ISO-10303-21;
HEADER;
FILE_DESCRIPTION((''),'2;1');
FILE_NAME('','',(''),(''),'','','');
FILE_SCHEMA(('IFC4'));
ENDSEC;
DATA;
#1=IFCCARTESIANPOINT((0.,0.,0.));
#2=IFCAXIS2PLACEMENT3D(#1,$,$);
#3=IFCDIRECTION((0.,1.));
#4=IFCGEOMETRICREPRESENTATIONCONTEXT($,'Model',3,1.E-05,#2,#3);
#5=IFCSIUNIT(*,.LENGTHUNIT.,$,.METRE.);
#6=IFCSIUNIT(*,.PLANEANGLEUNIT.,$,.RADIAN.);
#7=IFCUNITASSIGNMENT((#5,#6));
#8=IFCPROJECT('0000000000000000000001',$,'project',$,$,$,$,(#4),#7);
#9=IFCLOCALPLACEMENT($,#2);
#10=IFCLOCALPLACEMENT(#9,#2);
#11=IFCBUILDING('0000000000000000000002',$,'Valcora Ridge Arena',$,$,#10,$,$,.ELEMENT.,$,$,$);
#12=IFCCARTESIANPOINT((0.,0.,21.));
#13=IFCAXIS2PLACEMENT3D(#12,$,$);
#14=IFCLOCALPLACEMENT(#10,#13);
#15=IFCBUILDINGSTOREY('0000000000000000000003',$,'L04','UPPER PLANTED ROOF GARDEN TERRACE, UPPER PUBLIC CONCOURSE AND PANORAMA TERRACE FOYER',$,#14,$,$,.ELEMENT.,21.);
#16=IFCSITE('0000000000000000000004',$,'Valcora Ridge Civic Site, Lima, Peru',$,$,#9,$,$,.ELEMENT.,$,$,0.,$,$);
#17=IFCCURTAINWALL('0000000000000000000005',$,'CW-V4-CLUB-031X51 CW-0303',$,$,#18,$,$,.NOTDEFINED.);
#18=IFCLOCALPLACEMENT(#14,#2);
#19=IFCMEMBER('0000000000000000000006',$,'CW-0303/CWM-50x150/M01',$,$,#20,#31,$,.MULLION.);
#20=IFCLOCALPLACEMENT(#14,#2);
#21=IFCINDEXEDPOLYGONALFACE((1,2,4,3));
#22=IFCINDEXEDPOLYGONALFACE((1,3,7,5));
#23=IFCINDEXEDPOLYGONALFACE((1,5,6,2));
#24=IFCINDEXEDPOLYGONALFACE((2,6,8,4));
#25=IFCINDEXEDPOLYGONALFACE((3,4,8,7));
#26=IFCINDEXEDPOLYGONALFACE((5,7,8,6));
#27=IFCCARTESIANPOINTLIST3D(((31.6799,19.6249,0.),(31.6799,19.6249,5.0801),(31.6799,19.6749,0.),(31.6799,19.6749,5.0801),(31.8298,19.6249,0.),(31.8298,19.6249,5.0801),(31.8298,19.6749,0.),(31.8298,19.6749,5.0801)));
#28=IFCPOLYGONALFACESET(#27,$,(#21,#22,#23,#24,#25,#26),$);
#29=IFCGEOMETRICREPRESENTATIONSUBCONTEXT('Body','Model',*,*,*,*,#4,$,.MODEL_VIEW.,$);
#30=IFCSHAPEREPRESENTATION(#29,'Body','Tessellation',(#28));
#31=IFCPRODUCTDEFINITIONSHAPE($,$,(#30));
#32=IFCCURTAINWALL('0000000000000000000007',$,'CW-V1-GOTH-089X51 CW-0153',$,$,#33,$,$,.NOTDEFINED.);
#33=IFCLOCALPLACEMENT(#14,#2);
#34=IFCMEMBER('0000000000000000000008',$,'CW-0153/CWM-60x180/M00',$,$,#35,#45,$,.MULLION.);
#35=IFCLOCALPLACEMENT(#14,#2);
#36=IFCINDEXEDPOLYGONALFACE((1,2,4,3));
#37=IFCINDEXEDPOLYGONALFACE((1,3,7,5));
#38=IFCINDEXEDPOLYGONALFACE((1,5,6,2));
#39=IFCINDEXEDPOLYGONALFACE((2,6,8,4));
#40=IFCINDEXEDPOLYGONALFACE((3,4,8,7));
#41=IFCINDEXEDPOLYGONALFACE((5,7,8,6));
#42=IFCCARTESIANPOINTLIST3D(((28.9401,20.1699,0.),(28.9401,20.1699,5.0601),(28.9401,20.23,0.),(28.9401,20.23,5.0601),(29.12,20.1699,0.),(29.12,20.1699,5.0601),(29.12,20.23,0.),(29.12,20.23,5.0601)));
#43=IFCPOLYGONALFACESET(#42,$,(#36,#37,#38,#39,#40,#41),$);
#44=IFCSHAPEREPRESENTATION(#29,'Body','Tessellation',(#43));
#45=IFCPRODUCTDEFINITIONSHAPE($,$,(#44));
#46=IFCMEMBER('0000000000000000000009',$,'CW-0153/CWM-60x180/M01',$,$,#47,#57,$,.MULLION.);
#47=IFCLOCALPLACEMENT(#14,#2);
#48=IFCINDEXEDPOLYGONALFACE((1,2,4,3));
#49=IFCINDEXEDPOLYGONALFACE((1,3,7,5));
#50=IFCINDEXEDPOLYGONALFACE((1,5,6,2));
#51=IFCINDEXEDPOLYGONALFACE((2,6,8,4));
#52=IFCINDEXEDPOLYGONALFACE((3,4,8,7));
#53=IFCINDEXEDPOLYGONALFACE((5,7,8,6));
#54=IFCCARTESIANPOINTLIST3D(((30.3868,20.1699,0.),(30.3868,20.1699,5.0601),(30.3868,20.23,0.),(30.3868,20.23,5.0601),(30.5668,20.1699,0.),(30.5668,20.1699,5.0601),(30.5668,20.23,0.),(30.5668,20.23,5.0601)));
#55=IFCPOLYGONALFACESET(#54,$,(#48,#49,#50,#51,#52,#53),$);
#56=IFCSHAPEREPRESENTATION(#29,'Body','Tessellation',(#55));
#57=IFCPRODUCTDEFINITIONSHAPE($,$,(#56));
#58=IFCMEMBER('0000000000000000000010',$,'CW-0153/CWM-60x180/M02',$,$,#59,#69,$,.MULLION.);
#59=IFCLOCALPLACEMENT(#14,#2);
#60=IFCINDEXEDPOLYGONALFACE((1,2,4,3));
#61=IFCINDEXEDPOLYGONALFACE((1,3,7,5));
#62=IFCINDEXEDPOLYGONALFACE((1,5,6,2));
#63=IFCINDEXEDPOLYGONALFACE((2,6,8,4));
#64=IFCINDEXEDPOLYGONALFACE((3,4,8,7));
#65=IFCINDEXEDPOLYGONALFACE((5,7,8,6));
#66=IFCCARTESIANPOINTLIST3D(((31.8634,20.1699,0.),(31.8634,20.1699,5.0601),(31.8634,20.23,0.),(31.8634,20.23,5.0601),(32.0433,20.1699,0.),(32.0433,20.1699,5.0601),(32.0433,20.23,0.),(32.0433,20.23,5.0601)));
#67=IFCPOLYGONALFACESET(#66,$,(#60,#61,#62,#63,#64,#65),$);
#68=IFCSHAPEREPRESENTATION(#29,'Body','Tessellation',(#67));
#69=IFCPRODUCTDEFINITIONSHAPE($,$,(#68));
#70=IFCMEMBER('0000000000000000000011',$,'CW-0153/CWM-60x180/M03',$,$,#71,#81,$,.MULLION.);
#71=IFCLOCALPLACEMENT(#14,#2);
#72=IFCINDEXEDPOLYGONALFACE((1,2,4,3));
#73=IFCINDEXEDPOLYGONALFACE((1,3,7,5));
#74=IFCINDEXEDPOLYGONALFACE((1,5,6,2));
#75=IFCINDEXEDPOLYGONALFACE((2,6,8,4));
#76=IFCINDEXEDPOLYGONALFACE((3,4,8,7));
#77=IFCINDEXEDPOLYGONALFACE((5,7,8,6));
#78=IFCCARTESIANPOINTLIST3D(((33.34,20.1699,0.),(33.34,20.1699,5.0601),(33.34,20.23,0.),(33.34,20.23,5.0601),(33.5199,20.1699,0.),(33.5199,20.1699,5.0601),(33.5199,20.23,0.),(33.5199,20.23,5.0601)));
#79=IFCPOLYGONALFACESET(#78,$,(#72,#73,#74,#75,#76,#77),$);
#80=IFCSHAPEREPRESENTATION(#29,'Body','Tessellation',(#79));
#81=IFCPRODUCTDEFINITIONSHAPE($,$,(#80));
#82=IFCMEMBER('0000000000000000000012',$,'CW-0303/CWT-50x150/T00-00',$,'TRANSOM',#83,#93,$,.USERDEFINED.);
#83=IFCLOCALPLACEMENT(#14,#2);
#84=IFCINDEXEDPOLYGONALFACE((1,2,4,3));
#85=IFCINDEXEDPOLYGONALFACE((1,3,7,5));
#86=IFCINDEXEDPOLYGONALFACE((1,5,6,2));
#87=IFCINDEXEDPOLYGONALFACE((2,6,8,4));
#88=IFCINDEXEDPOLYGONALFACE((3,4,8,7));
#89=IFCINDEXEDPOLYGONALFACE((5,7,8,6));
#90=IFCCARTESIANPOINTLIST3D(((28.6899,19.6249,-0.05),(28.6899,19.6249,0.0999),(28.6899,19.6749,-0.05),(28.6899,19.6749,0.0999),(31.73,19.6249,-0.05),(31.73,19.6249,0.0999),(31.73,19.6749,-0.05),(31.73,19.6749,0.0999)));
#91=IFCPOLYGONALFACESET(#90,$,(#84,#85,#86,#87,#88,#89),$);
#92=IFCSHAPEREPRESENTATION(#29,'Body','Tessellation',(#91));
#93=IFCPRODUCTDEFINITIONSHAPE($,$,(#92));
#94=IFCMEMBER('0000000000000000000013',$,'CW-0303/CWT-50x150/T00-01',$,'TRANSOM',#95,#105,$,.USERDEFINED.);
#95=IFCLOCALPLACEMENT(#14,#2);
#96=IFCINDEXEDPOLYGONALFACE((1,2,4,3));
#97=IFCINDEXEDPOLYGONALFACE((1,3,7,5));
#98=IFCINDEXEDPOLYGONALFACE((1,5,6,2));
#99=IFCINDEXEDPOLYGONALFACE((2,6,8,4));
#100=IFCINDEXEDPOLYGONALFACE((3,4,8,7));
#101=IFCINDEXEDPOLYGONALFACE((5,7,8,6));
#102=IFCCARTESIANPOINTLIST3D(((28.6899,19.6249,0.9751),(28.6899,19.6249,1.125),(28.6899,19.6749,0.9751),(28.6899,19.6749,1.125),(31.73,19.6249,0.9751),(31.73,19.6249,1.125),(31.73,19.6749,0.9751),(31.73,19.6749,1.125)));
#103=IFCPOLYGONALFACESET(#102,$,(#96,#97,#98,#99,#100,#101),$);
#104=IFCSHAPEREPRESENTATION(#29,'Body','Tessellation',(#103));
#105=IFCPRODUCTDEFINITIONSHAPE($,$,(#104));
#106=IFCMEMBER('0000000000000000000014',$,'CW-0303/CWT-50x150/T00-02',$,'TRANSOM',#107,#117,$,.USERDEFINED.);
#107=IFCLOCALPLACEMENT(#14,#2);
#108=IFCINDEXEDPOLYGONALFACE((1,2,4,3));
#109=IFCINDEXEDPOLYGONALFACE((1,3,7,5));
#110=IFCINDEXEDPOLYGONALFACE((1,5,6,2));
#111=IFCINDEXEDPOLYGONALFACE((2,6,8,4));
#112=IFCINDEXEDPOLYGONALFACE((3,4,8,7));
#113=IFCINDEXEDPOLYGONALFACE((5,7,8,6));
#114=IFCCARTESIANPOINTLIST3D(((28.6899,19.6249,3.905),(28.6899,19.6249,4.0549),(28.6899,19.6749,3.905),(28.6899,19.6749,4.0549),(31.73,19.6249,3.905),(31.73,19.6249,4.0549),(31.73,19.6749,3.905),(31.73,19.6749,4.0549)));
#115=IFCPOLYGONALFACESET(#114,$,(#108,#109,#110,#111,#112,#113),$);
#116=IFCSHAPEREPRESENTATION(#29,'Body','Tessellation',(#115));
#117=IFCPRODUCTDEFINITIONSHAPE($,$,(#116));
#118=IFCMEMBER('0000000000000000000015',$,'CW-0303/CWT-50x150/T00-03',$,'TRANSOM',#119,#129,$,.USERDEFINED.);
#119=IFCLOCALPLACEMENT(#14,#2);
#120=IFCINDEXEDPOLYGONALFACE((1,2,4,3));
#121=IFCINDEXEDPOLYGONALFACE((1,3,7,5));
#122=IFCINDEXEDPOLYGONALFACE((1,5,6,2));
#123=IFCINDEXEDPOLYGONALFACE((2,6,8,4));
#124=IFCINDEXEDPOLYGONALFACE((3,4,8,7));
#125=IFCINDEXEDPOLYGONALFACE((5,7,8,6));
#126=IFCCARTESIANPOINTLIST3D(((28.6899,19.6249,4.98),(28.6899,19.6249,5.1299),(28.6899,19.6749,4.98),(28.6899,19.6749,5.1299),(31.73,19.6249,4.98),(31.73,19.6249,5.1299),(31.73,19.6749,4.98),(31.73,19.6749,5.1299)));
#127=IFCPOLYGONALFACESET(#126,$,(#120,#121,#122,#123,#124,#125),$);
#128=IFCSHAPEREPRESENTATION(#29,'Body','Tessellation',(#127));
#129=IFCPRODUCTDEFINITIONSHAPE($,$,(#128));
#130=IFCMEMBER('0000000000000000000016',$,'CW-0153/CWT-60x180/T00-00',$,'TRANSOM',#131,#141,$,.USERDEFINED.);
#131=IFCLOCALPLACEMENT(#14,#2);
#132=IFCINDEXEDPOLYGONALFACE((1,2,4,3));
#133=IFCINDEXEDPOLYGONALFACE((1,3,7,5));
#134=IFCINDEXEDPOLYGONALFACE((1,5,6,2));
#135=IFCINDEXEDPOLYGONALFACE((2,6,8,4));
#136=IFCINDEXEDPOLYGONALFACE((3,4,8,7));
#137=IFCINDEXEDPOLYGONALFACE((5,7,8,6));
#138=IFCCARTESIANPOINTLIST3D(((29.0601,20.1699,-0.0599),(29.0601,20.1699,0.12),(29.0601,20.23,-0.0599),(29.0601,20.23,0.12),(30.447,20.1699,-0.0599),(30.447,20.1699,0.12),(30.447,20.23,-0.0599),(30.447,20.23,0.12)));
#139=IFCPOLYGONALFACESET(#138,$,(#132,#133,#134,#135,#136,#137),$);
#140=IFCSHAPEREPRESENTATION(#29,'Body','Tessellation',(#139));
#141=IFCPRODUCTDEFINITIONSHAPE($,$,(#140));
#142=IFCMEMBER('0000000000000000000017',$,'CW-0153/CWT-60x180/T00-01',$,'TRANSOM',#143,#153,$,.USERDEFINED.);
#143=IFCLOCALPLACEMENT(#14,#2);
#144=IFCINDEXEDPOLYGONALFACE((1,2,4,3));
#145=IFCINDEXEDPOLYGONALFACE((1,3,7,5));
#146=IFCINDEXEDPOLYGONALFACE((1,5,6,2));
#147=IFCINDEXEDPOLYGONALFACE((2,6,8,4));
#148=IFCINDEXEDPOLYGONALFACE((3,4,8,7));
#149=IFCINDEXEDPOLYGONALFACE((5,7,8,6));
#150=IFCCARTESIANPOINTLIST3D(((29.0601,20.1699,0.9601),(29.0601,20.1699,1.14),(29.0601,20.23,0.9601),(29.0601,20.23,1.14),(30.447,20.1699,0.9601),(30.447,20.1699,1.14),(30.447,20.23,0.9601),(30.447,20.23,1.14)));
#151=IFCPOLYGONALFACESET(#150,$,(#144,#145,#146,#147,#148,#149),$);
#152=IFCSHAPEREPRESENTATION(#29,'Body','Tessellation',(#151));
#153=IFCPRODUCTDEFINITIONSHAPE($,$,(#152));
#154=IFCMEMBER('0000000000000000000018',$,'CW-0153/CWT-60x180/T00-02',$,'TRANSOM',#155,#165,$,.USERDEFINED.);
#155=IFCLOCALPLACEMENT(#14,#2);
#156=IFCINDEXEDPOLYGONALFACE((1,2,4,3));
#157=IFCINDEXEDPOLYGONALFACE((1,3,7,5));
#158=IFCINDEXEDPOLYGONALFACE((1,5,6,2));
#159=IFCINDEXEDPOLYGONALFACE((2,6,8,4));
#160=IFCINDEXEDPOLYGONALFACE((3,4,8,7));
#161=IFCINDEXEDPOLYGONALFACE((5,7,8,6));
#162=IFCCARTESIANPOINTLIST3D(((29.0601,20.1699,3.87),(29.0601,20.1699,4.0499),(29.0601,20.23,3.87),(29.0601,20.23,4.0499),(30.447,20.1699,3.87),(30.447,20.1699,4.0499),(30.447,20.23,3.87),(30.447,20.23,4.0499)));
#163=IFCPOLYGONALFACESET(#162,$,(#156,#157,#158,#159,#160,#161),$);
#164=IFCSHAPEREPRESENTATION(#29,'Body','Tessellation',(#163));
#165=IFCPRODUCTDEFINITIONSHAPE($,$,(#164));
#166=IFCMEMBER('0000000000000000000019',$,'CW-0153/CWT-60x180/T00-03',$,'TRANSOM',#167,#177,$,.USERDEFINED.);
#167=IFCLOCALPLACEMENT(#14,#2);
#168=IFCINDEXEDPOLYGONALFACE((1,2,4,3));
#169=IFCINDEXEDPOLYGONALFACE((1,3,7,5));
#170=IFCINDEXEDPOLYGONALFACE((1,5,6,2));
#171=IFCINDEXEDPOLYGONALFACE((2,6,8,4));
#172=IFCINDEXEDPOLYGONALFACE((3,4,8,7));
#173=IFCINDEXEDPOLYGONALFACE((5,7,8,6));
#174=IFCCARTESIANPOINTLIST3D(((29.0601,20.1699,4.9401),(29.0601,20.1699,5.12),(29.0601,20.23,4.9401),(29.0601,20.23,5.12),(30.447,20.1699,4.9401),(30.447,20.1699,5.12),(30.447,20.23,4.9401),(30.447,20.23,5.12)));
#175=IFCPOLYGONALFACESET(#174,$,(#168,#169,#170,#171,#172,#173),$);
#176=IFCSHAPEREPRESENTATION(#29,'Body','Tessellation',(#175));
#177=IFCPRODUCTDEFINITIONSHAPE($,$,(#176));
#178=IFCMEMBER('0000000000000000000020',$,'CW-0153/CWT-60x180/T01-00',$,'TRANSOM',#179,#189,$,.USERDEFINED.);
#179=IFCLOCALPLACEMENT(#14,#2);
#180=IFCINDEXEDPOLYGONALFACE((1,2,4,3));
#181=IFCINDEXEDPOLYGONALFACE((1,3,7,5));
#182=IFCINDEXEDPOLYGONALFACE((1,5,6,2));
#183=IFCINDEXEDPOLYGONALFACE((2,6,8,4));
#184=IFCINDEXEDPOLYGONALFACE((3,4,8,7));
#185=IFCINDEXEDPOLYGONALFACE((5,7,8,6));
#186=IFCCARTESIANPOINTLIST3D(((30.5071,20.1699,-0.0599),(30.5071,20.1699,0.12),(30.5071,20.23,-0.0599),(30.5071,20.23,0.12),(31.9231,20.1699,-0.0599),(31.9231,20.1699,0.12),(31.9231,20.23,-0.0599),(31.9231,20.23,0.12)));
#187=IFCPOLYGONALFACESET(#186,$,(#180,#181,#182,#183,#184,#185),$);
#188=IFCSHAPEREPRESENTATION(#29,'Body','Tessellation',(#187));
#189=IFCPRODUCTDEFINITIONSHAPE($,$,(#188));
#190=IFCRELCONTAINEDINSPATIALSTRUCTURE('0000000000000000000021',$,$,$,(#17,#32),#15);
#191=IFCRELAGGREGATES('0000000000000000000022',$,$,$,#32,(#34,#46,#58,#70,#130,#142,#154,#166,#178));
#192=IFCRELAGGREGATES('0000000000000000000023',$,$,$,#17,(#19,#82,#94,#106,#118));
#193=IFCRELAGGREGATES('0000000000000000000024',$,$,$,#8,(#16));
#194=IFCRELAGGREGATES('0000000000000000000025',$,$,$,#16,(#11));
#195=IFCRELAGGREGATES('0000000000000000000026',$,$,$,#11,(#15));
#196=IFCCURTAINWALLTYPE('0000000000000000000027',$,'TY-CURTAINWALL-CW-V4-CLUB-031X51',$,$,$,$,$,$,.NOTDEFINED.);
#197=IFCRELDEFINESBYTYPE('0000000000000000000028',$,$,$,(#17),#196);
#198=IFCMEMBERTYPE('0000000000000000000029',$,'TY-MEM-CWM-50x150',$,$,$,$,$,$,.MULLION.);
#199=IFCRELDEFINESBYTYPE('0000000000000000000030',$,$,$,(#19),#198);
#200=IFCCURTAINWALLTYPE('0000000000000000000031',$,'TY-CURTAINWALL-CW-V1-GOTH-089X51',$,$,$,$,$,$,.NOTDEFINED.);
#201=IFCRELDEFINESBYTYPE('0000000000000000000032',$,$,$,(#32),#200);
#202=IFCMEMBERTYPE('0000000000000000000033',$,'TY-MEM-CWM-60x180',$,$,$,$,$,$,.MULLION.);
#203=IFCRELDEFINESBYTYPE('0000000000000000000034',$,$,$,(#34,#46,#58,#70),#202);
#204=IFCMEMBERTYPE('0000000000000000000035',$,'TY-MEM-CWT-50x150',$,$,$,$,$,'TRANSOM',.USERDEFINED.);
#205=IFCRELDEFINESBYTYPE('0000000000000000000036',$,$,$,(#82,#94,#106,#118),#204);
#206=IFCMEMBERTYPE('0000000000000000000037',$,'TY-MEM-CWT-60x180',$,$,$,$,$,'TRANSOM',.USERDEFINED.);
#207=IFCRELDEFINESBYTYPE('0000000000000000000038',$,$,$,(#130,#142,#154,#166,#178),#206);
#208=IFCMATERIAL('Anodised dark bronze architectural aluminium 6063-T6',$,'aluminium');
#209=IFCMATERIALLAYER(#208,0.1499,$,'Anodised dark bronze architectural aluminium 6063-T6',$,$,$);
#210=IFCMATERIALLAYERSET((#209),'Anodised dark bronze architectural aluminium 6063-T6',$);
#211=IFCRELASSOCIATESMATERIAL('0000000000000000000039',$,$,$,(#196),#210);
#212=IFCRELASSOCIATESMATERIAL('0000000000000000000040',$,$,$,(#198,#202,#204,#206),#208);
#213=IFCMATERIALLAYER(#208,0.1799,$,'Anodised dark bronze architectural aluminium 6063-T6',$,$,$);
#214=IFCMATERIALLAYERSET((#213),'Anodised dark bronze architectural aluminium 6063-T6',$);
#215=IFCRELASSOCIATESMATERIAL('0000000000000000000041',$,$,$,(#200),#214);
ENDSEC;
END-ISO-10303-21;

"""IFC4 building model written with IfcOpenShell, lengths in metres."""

from ifc_helpers import new_model, si_unit, direction, frame, origin, origin_2d, place, context, subcontext, project, spatial, rectangle, extrude, material, layer, layer_set, material_profile, profile_set, type_object, element, aggregate, save


model = new_model("IFC4")

# Units and contexts
model_context = context("Model", 3, precision=1e-05, world=origin(), true_north=direction((0.0, 1.0)))
body_context = subcontext(model_context, "Body", "Model", "MODEL_VIEW")
ifc_project = project(units=[si_unit("LENGTHUNIT", "METRE"), si_unit("PLANEANGLEUNIT", "RADIAN")], contexts=[model_context])

# Site, building, storey
site_placement = place(None, origin())
site = spatial("IfcSite", under=ifc_project, at=site_placement, Name="Valcora Ridge Civic Site, Lima, Peru", CompositionType="ELEMENT", RefElevation=0.0)
building_placement = place(site_placement, origin())
building = spatial("IfcBuilding", under=site, at=building_placement, Name="Valcora Ridge Arena", CompositionType="ELEMENT")
storey_placement = place(building_placement, frame((0.0, 0.0, 21.0)))
storey = spatial("IfcBuildingStorey", under=building, at=storey_placement, Name="L04", Description="UPPER PLANTED ROOF GARDEN TERRACE, UPPER PUBLIC CONCOURSE AND PANORAMA TERRACE FOYER", CompositionType="ELEMENT", Elevation=21.0)

# Curtain wall, member
ifc_material_1 = material(Name="Anodised dark bronze architectural aluminium 6063-T6", Category="aluminium")
ifc_layer_1 = layer(ifc_material_1, 0.1499, Name="Anodised dark bronze architectural aluminium 6063-T6")
ifc_layer_set_1 = layer_set([ifc_layer_1], Name="Anodised dark bronze architectural aluminium 6063-T6")
curtain_wall_type_1 = type_object("IfcCurtainWallType", Name="TY-CURTAINWALL-CW-V4-CLUB-031X51", PredefinedType="NOTDEFINED", material=ifc_layer_set_1)
curtain_wall_1_placement = place(storey_placement, origin())
curtain_wall_1 = element("IfcCurtainWall", 1, at=curtain_wall_1_placement, inside=storey, type_object=curtain_wall_type_1, Name="CW-V4-CLUB-031X51 CW-0303", PredefinedType="NOTDEFINED")
ifc_material_profile_1 = material_profile(ifc_material_1, rectangle(XDim=0.05, YDim=0.1499, at=origin_2d()), Name="ALU MULLION 50x150")
ifc_profile_set_1 = profile_set([ifc_material_profile_1], Name="Anodised dark bronze architectural aluminium 6063-T6")
member_type_1 = type_object("IfcMemberType", Name="TY-MEM-CWM-50x150", PredefinedType="MULLION", material=ifc_profile_set_1)
member_1_placement = place(storey_placement, frame((31.7549, 19.6499, 0.0), z_axis=(0.0, 0.0, 1.0), x_axis=(0.0, 1.0, 0.0)))
member_1 = element("IfcMember", 2, at=member_1_placement, type_object=member_type_1, Name="CW-0303/CWM-50x150/M01", PredefinedType="MULLION", context=body_context, shape_type="SweptSolid", body=[
    extrude(rectangle(XDim=0.05, YDim=0.1499, at=origin_2d()), origin(), (0.0, 0.0, 1.0), 5.0801),
])

# Curtain wall, members
ifc_layer_2 = layer(ifc_material_1, 0.1799, Name="Anodised dark bronze architectural aluminium 6063-T6")
ifc_layer_set_2 = layer_set([ifc_layer_2], Name="Anodised dark bronze architectural aluminium 6063-T6")
curtain_wall_type_2 = type_object("IfcCurtainWallType", Name="TY-CURTAINWALL-CW-V1-GOTH-089X51", PredefinedType="NOTDEFINED", material=ifc_layer_set_2)
curtain_wall_2_placement = place(storey_placement, origin())
curtain_wall_2 = element("IfcCurtainWall", 3, at=curtain_wall_2_placement, inside=storey, type_object=curtain_wall_type_2, Name="CW-V1-GOTH-089X51 CW-0153", PredefinedType="NOTDEFINED")
ifc_material_profile_2 = material_profile(ifc_material_1, rectangle(XDim=0.0601, YDim=0.1799, at=origin_2d()), Name="ALU MULLION 60x180")
ifc_profile_set_2 = profile_set([ifc_material_profile_2], Name="Anodised dark bronze architectural aluminium 6063-T6")
member_type_2 = type_object("IfcMemberType", Name="TY-MEM-CWM-60x180", PredefinedType="MULLION", material=ifc_profile_set_2)
member_2_placement = place(storey_placement, frame((29.03, 20.2, 0.0), z_axis=(0.0, 0.0, 1.0), x_axis=(0.0, 1.0, 0.0)))
member_2 = element("IfcMember", 4, at=member_2_placement, type_object=member_type_2, Name="CW-0153/CWM-60x180/M00", PredefinedType="MULLION", context=body_context, shape_type="SweptSolid", body=[
    extrude(rectangle(XDim=0.0601, YDim=0.1799, at=origin_2d()), origin(), (0.0, 0.0, 1.0), 5.0601),
])
member_3_placement = place(storey_placement, frame((30.4768, 20.2, 0.0), z_axis=(0.0, 0.0, 1.0), x_axis=(0.0, 1.0, 0.0)))
member_3 = element("IfcMember", 5, at=member_3_placement, type_object=member_type_2, Name="CW-0153/CWM-60x180/M01", PredefinedType="MULLION", context=body_context, shape_type="SweptSolid", body=[
    extrude(rectangle(XDim=0.0601, YDim=0.1799, at=origin_2d()), origin(), (0.0, 0.0, 1.0), 5.0601),
])
member_4_placement = place(storey_placement, frame((31.9534, 20.2, 0.0), z_axis=(0.0, 0.0, 1.0), x_axis=(0.0, 1.0, 0.0)))
member_4 = element("IfcMember", 6, at=member_4_placement, type_object=member_type_2, Name="CW-0153/CWM-60x180/M02", PredefinedType="MULLION", context=body_context, shape_type="SweptSolid", body=[
    extrude(rectangle(XDim=0.0601, YDim=0.1799, at=origin_2d()), origin(), (0.0, 0.0, 1.0), 5.0601),
])
member_5_placement = place(storey_placement, frame((33.4299, 20.2, 0.0), z_axis=(0.0, 0.0, 1.0), x_axis=(0.0, 1.0, 0.0)))
member_5 = element("IfcMember", 7, at=member_5_placement, type_object=member_type_2, Name="CW-0153/CWM-60x180/M03", PredefinedType="MULLION", context=body_context, shape_type="SweptSolid", body=[
    extrude(rectangle(XDim=0.0601, YDim=0.1799, at=origin_2d()), origin(), (0.0, 0.0, 1.0), 5.0601),
])

# Members
ifc_material_profile_3 = material_profile(ifc_material_1, rectangle(XDim=0.05, YDim=0.1499, at=origin_2d()), Name="ALU TRANSOM 50x150")
ifc_profile_set_3 = profile_set([ifc_material_profile_3], Name="Anodised dark bronze architectural aluminium 6063-T6")
member_type_3 = type_object("IfcMemberType", Name="TY-MEM-CWT-50x150", ElementType="TRANSOM", PredefinedType="USERDEFINED", material=ifc_profile_set_3)
member_6_placement = place(storey_placement, frame((28.6899, 19.6499, 0.0249), z_axis=(1.0, 0.0, 0.0), x_axis=(0.0, 1.0, 0.0)))
member_6 = element("IfcMember", 8, at=member_6_placement, type_object=member_type_3, Name="CW-0303/CWT-50x150/T00-00", ObjectType="TRANSOM", PredefinedType="USERDEFINED", context=body_context, shape_type="SweptSolid", body=[
    extrude(rectangle(XDim=0.05, YDim=0.1499, at=origin_2d()), origin(), (0.0, 0.0, 1.0), 3.04),
])
member_7_placement = place(storey_placement, frame((28.6899, 19.6499, 1.05), z_axis=(1.0, 0.0, 0.0), x_axis=(0.0, 1.0, 0.0)))
member_7 = element("IfcMember", 9, at=member_7_placement, type_object=member_type_3, Name="CW-0303/CWT-50x150/T00-01", ObjectType="TRANSOM", PredefinedType="USERDEFINED", context=body_context, shape_type="SweptSolid", body=[
    extrude(rectangle(XDim=0.05, YDim=0.1499, at=origin_2d()), origin(), (0.0, 0.0, 1.0), 3.04),
])
member_8_placement = place(storey_placement, frame((28.6899, 19.6499, 3.98), z_axis=(1.0, 0.0, 0.0), x_axis=(0.0, 1.0, 0.0)))
member_8 = element("IfcMember", 10, at=member_8_placement, type_object=member_type_3, Name="CW-0303/CWT-50x150/T00-02", ObjectType="TRANSOM", PredefinedType="USERDEFINED", context=body_context, shape_type="SweptSolid", body=[
    extrude(rectangle(XDim=0.05, YDim=0.1499, at=origin_2d()), origin(), (0.0, 0.0, 1.0), 3.04),
])
member_9_placement = place(storey_placement, frame((28.6899, 19.6499, 5.0549), z_axis=(1.0, 0.0, 0.0), x_axis=(0.0, 1.0, 0.0)))
member_9 = element("IfcMember", 11, at=member_9_placement, type_object=member_type_3, Name="CW-0303/CWT-50x150/T00-03", ObjectType="TRANSOM", PredefinedType="USERDEFINED", context=body_context, shape_type="SweptSolid", body=[
    extrude(rectangle(XDim=0.05, YDim=0.1499, at=origin_2d()), origin(), (0.0, 0.0, 1.0), 3.04),
])
ifc_material_profile_4 = material_profile(ifc_material_1, rectangle(XDim=0.0601, YDim=0.1799, at=origin_2d()), Name="ALU TRANSOM 60x180")
ifc_profile_set_4 = profile_set([ifc_material_profile_4], Name="Anodised dark bronze architectural aluminium 6063-T6")
member_type_4 = type_object("IfcMemberType", Name="TY-MEM-CWT-60x180", ElementType="TRANSOM", PredefinedType="USERDEFINED", material=ifc_profile_set_4)
member_10_placement = place(storey_placement, frame((29.0601, 20.2, 0.03), z_axis=(1.0, 0.0, 0.0), x_axis=(0.0, 1.0, 0.0)))
member_10 = element("IfcMember", 12, at=member_10_placement, type_object=member_type_4, Name="CW-0153/CWT-60x180/T00-00", ObjectType="TRANSOM", PredefinedType="USERDEFINED", context=body_context, shape_type="SweptSolid", body=[
    extrude(rectangle(XDim=0.0601, YDim=0.1799, at=origin_2d()), origin(), (0.0, 0.0, 1.0), 1.387),
])
member_11_placement = place(storey_placement, frame((29.0601, 20.2, 1.05), z_axis=(1.0, 0.0, 0.0), x_axis=(0.0, 1.0, 0.0)))
member_11 = element("IfcMember", 13, at=member_11_placement, type_object=member_type_4, Name="CW-0153/CWT-60x180/T00-01", ObjectType="TRANSOM", PredefinedType="USERDEFINED", context=body_context, shape_type="SweptSolid", body=[
    extrude(rectangle(XDim=0.0601, YDim=0.1799, at=origin_2d()), origin(), (0.0, 0.0, 1.0), 1.387),
])
member_12_placement = place(storey_placement, frame((29.0601, 20.2, 3.96), z_axis=(1.0, 0.0, 0.0), x_axis=(0.0, 1.0, 0.0)))
member_12 = element("IfcMember", 14, at=member_12_placement, type_object=member_type_4, Name="CW-0153/CWT-60x180/T00-02", ObjectType="TRANSOM", PredefinedType="USERDEFINED", context=body_context, shape_type="SweptSolid", body=[
    extrude(rectangle(XDim=0.0601, YDim=0.1799, at=origin_2d()), origin(), (0.0, 0.0, 1.0), 1.387),
])
member_13_placement = place(storey_placement, frame((29.0601, 20.2, 5.03), z_axis=(1.0, 0.0, 0.0), x_axis=(0.0, 1.0, 0.0)))
member_13 = element("IfcMember", 15, at=member_13_placement, type_object=member_type_4, Name="CW-0153/CWT-60x180/T00-03", ObjectType="TRANSOM", PredefinedType="USERDEFINED", context=body_context, shape_type="SweptSolid", body=[
    extrude(rectangle(XDim=0.0601, YDim=0.1799, at=origin_2d()), origin(), (0.0, 0.0, 1.0), 1.387),
])
member_14_placement = place(storey_placement, frame((30.5071, 20.2, 0.03), z_axis=(1.0, 0.0, 0.0), x_axis=(0.0, 1.0, 0.0)))
member_14 = element("IfcMember", 16, at=member_14_placement, type_object=member_type_4, Name="CW-0153/CWT-60x180/T01-00", ObjectType="TRANSOM", PredefinedType="USERDEFINED", context=body_context, shape_type="SweptSolid", body=[
    extrude(rectangle(XDim=0.0601, YDim=0.1799, at=origin_2d()), origin(), (0.0, 0.0, 1.0), 1.416),
])

aggregate(curtain_wall_2, [member_2, member_3, member_4, member_5, member_10, member_11, member_12, member_13, member_14])
aggregate(curtain_wall_1, [member_1, member_6, member_7, member_8, member_9])

save(model, "model.ifc")
